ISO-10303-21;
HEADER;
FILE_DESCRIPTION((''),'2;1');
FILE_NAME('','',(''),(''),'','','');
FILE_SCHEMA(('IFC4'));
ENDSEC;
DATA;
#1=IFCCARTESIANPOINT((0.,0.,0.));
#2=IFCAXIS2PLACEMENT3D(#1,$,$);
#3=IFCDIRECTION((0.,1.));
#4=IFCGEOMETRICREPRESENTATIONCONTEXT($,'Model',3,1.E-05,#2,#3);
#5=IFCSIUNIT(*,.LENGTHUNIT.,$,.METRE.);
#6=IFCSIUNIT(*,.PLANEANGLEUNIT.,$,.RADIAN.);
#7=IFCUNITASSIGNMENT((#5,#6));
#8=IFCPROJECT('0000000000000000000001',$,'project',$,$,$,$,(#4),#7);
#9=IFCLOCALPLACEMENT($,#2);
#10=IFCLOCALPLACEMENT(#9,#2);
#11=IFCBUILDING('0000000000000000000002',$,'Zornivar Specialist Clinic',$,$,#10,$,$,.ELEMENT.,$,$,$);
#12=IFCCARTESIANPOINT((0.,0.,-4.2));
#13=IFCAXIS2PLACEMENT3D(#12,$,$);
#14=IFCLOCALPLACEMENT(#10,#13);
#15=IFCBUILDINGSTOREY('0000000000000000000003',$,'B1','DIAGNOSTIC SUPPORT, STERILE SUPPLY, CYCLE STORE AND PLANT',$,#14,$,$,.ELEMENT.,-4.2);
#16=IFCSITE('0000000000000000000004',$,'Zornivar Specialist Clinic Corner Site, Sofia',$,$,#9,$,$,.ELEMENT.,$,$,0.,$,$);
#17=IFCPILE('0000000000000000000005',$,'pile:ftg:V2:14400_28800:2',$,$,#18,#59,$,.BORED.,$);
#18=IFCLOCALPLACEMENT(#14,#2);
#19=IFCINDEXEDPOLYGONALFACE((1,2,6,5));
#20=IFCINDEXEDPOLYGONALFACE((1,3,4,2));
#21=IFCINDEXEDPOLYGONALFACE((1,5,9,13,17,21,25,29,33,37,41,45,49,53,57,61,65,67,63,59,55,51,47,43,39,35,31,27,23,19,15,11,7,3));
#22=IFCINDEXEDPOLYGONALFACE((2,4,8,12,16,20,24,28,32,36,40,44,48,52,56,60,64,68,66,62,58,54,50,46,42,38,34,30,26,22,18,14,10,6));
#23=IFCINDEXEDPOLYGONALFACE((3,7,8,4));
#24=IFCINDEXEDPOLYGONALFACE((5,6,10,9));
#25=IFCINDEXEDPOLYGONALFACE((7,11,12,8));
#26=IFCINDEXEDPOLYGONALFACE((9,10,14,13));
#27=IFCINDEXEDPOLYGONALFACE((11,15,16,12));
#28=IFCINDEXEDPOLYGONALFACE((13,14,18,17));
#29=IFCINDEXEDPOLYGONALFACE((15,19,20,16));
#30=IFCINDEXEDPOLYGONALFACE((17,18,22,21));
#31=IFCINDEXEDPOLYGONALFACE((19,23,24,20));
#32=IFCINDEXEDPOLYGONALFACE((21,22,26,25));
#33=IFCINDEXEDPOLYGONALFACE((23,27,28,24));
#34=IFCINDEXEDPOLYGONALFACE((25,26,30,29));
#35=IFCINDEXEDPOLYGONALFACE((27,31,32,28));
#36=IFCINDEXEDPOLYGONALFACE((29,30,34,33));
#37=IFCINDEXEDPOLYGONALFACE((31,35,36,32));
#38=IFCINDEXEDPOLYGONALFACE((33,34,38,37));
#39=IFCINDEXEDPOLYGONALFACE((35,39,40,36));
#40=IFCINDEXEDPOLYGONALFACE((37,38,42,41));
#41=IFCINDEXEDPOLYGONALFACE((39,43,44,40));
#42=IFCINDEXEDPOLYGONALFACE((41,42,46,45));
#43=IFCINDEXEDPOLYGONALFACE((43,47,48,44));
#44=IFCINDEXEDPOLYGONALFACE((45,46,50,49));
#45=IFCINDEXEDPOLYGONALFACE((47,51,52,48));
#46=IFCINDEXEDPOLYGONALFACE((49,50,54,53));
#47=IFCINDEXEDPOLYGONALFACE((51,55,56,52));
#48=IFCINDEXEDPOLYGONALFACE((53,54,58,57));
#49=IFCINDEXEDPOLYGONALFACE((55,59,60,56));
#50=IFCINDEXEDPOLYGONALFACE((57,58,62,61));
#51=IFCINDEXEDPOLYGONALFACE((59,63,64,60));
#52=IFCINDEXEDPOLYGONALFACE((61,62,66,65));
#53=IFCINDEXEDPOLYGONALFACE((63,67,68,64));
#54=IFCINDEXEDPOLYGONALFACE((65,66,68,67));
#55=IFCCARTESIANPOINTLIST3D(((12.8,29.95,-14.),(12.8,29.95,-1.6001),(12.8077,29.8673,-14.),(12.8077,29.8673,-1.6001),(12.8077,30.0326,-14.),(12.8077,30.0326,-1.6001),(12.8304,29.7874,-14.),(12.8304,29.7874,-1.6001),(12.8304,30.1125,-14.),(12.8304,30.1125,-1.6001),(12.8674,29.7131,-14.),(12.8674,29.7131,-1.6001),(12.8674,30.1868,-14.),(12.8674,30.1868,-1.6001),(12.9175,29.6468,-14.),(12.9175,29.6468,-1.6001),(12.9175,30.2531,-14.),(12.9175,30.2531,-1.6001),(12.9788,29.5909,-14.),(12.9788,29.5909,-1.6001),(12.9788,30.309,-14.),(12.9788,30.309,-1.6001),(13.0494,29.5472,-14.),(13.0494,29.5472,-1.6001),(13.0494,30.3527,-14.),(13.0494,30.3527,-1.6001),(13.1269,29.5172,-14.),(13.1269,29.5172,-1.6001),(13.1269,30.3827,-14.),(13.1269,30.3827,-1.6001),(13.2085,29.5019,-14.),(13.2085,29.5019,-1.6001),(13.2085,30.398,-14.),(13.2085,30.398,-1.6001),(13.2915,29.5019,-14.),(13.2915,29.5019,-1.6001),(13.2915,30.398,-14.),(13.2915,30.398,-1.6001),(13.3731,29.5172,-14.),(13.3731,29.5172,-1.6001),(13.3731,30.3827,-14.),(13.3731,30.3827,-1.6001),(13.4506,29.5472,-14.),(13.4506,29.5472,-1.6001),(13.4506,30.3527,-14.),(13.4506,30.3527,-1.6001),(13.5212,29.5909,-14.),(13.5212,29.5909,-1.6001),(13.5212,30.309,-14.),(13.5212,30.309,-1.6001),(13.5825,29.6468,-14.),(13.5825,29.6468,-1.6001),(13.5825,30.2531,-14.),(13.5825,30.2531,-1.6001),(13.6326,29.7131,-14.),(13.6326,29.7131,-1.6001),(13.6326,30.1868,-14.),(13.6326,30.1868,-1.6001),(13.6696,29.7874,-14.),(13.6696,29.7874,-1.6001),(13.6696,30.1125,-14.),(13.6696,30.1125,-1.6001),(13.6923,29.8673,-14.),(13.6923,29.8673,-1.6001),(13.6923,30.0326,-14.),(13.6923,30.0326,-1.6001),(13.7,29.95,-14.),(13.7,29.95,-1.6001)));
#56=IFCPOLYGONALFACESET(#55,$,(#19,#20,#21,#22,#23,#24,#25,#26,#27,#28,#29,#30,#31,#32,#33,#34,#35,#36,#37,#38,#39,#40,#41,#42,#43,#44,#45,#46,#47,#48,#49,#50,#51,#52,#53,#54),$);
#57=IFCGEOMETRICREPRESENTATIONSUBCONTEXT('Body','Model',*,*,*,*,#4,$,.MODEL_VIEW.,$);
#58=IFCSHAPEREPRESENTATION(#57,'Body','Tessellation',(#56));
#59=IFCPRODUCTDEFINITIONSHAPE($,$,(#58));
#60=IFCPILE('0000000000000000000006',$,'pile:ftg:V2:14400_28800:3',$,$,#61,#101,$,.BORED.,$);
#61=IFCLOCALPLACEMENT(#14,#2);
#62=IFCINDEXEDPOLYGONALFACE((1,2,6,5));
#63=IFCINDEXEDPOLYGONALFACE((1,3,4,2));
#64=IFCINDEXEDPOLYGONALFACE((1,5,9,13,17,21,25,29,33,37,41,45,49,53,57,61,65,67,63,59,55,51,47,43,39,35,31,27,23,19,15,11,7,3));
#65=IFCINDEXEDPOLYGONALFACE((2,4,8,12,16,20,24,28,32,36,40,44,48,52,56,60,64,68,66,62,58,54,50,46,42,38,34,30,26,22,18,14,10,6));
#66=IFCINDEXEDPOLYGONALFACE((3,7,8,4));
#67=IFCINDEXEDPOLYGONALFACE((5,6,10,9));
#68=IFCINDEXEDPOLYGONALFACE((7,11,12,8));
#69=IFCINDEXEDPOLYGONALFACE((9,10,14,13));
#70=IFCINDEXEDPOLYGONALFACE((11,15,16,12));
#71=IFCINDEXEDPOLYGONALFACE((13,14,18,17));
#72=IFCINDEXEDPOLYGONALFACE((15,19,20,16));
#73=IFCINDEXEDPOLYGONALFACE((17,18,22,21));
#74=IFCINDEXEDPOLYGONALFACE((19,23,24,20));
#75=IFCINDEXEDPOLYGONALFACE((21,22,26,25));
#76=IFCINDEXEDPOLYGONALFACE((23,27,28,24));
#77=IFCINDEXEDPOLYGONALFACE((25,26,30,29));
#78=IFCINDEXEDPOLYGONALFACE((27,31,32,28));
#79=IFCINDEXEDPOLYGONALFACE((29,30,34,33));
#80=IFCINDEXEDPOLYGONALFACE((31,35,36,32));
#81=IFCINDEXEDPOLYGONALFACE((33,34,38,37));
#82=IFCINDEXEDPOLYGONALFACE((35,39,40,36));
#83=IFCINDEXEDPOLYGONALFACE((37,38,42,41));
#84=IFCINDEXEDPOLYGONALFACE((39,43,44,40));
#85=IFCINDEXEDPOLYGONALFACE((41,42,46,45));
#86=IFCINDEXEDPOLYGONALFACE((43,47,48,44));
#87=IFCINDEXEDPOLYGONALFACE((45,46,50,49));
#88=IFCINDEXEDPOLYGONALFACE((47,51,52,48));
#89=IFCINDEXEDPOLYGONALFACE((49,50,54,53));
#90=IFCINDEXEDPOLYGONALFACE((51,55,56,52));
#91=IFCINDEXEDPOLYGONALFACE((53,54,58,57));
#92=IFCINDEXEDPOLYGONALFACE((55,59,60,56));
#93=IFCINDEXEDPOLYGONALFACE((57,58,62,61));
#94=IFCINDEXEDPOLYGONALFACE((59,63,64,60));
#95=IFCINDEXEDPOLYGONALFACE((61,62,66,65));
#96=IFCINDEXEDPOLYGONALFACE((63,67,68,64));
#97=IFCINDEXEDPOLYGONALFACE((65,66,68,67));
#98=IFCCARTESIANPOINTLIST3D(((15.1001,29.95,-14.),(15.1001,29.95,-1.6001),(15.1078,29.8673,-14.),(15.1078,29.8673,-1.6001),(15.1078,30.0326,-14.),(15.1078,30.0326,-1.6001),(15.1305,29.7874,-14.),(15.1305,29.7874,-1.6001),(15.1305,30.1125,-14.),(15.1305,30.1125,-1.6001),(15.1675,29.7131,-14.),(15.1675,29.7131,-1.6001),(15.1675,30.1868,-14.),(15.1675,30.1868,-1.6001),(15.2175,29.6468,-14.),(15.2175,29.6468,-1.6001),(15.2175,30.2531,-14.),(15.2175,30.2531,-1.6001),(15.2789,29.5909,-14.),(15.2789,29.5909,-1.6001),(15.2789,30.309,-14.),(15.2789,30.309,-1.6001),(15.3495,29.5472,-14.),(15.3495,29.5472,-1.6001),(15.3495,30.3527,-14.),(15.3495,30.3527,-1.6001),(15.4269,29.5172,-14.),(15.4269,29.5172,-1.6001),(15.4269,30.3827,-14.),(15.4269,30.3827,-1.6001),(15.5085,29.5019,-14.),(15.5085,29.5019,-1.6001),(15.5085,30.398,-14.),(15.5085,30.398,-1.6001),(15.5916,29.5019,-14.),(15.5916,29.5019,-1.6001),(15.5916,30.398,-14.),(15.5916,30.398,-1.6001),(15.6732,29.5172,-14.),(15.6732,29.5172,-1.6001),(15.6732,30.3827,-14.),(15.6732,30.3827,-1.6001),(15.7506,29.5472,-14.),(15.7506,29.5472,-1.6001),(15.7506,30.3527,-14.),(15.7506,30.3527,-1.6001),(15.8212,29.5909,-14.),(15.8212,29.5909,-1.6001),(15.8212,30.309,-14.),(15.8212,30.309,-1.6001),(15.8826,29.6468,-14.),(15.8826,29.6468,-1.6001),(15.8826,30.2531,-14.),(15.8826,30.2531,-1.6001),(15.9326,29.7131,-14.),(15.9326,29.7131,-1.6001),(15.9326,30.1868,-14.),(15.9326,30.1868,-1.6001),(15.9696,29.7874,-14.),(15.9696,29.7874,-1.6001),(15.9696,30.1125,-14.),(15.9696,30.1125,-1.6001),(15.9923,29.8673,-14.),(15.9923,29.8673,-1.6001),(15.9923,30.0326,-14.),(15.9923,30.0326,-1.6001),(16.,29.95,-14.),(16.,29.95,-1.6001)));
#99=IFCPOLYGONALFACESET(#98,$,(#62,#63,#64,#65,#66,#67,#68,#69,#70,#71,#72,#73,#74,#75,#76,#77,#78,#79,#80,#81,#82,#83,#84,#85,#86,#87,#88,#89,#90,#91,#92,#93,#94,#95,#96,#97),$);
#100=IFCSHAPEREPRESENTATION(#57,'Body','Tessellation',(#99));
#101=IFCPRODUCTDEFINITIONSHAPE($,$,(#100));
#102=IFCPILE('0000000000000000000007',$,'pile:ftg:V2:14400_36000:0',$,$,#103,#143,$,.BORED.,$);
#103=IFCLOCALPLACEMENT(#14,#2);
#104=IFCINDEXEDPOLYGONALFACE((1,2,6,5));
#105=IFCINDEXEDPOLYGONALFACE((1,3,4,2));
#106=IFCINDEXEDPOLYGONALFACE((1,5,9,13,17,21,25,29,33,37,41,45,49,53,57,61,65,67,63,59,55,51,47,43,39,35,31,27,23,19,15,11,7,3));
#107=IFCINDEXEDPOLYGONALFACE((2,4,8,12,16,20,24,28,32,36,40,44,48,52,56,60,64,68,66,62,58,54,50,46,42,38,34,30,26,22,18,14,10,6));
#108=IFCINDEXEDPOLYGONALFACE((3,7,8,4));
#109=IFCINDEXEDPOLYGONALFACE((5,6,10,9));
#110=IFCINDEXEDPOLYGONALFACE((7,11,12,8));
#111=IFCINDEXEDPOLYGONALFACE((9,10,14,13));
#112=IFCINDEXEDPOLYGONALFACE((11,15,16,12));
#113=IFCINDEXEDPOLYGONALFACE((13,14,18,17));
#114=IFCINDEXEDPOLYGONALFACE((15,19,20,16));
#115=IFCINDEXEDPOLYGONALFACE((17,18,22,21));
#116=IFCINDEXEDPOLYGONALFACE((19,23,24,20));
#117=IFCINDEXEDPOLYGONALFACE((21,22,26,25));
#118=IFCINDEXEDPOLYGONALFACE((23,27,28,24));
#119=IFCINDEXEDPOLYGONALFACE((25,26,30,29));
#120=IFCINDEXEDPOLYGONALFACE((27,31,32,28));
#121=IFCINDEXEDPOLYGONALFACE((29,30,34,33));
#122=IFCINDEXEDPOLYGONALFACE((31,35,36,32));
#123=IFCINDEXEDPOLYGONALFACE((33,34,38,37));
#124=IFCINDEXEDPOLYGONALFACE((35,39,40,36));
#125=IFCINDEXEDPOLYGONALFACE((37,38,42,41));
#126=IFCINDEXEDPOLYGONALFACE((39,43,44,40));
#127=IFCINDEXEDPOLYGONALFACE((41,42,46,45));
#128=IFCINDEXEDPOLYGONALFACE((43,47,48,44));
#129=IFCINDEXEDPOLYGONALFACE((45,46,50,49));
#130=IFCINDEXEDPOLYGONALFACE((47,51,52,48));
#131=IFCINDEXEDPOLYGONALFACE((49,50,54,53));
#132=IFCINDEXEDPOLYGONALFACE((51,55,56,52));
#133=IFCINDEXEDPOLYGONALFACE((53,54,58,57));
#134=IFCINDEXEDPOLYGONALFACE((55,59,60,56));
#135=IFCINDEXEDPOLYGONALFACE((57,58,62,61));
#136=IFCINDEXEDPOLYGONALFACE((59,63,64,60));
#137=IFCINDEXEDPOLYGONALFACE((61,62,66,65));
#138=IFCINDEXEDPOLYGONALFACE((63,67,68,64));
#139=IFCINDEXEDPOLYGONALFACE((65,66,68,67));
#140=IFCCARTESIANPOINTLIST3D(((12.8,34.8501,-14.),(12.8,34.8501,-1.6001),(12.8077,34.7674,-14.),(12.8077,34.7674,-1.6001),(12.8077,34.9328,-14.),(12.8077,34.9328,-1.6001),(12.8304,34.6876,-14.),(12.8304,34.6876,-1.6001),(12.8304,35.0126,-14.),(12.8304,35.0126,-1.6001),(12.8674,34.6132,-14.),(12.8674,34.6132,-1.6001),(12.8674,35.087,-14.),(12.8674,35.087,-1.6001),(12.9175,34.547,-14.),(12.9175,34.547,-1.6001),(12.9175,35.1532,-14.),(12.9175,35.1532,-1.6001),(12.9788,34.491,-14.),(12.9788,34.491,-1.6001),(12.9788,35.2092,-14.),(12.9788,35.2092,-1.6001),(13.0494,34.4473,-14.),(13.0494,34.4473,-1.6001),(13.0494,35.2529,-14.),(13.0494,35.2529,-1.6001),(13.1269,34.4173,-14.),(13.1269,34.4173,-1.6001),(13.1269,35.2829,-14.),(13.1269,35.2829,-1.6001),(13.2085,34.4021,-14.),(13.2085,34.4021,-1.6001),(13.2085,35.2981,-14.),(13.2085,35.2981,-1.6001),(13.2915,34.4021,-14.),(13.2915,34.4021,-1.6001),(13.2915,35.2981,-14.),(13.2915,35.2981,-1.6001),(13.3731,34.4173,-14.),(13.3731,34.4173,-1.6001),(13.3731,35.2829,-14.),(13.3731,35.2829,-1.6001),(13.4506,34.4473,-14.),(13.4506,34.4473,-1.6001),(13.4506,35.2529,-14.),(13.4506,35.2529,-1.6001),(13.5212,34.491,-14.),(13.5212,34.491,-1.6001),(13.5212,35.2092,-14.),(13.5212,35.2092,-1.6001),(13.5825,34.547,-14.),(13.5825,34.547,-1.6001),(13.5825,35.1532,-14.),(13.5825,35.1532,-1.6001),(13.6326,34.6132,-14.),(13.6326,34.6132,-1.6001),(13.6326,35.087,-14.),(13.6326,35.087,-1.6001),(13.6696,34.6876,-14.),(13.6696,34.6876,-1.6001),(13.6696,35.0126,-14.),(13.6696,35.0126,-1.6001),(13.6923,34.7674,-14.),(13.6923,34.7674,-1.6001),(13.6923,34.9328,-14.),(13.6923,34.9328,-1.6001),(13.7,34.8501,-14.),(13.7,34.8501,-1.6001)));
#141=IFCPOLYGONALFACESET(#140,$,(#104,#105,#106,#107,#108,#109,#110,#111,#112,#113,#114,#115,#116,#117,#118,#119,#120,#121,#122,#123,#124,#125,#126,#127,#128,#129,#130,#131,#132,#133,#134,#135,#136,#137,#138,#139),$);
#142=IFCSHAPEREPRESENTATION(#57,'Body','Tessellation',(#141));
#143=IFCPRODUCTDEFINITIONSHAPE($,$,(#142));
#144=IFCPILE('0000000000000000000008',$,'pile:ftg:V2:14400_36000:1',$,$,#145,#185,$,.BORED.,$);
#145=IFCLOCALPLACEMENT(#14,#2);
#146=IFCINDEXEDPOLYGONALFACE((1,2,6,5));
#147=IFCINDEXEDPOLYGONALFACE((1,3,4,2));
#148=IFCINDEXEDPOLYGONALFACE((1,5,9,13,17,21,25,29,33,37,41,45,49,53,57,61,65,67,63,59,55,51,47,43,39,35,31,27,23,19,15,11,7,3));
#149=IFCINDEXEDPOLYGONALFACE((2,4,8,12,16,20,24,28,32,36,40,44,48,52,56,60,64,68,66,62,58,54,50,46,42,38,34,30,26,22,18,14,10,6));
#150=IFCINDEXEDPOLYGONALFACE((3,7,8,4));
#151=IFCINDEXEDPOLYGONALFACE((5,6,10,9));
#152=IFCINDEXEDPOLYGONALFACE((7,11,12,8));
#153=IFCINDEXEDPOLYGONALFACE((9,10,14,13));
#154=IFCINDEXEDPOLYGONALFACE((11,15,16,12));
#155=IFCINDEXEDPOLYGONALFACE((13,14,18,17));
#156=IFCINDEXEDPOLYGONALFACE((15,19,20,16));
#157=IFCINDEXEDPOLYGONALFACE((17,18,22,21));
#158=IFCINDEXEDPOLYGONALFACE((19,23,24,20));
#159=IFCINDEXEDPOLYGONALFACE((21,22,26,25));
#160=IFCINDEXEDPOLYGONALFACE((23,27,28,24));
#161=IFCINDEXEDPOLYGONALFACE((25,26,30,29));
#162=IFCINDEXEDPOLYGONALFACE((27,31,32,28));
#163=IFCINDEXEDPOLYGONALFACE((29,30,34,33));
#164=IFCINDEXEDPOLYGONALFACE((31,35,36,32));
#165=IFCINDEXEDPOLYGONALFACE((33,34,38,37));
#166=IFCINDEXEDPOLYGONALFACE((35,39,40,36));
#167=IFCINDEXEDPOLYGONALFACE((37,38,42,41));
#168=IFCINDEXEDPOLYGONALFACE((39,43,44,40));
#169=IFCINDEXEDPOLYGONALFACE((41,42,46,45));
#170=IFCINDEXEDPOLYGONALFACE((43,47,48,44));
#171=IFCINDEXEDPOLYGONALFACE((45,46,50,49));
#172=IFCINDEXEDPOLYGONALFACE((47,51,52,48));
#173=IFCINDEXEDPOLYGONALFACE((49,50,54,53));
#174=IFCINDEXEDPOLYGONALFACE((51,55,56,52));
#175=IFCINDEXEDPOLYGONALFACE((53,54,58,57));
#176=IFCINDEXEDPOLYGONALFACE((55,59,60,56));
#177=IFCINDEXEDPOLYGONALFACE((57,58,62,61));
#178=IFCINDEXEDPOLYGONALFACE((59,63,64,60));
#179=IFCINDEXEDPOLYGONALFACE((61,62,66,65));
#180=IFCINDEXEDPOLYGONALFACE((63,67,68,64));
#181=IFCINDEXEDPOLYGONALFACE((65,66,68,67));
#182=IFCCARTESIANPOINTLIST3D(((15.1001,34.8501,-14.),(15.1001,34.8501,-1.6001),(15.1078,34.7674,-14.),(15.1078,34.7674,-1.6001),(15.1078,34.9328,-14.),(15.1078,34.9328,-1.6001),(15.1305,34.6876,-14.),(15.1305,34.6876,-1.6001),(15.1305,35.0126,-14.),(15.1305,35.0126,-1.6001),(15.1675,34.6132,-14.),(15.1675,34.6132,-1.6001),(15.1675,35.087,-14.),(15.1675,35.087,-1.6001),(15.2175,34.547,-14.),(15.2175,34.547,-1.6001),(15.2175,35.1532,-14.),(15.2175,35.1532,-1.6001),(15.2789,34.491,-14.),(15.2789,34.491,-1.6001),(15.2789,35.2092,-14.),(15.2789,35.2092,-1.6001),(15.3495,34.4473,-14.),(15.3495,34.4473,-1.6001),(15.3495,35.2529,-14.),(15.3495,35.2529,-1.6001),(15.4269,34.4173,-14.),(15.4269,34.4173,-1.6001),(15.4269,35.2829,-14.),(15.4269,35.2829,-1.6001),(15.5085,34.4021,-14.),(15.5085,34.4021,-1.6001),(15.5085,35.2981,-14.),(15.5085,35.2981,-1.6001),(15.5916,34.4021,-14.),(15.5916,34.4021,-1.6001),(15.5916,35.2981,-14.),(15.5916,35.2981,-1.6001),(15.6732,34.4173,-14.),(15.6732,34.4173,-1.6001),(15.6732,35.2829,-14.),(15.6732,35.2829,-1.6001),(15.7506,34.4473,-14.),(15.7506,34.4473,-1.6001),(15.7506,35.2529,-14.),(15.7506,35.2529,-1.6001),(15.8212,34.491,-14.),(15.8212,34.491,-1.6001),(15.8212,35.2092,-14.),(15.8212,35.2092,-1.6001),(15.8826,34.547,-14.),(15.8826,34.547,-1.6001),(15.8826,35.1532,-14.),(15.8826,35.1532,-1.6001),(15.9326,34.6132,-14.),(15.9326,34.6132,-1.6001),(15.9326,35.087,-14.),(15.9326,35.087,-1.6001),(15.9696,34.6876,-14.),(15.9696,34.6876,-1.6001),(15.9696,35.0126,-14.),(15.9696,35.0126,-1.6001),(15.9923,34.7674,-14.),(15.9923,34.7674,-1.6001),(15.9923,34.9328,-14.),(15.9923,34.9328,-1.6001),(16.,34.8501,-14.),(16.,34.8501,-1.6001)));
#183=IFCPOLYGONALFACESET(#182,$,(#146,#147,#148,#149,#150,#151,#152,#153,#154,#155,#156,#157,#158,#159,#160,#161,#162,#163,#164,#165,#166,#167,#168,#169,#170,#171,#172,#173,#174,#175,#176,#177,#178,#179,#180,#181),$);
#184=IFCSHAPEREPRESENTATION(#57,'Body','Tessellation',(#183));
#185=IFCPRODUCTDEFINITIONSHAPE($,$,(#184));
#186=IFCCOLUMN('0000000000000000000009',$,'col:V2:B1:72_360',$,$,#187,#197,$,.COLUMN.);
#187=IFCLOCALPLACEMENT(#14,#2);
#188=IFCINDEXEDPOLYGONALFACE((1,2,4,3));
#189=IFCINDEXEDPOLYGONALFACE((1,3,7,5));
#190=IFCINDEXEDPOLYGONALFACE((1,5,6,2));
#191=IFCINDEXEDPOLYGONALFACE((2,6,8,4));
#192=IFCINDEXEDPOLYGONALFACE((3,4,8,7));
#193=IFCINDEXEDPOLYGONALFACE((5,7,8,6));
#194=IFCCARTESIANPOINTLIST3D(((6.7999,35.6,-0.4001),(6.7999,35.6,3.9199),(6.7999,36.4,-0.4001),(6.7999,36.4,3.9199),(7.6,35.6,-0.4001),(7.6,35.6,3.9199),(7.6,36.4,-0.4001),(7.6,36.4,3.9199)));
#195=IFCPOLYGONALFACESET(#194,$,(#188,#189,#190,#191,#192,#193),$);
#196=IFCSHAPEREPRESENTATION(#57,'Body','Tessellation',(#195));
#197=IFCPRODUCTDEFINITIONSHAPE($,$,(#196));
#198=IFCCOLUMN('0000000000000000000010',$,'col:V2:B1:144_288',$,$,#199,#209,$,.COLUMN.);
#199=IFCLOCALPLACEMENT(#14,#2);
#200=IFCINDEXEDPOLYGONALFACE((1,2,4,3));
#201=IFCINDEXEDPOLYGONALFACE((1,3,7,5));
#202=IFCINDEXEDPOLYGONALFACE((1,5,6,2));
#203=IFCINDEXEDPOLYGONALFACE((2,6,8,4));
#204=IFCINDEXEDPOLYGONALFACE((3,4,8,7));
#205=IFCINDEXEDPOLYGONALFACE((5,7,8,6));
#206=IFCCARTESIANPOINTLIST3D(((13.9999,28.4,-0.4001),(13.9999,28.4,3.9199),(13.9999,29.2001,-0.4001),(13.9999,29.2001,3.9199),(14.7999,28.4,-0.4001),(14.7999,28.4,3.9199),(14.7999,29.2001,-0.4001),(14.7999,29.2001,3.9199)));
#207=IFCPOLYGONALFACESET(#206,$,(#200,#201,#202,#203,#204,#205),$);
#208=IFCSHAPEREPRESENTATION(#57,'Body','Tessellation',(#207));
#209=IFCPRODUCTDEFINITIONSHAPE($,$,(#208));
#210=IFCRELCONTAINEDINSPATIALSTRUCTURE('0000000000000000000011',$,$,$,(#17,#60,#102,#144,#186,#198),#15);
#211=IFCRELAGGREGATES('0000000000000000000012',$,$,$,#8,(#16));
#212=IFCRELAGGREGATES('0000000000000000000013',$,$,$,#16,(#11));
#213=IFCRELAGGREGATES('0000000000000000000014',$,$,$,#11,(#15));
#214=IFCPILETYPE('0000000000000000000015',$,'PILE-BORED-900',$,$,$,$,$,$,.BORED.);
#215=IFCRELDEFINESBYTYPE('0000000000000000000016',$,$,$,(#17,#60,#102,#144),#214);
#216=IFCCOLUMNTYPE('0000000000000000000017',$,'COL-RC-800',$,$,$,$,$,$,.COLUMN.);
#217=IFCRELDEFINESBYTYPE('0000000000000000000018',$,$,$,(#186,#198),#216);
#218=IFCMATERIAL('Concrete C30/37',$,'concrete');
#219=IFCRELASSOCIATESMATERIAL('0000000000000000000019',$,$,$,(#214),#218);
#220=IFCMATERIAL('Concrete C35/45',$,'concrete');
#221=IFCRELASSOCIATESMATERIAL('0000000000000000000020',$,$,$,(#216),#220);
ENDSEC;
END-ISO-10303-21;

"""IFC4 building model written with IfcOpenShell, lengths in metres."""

from ifc_helpers import new_model, si_unit, direction, frame, origin, origin_2d, place, context, subcontext, project, spatial, rectangle, circle, extrude, material, material_profile, profile_set, type_object, element, save


model = new_model("IFC4")

# Units and contexts
model_context = context("Model", 3, precision=1e-05, world=origin(), true_north=direction((0.0, 1.0)))
body_context = subcontext(model_context, "Body", "Model", "MODEL_VIEW")
ifc_project = project(units=[si_unit("LENGTHUNIT", "METRE"), si_unit("PLANEANGLEUNIT", "RADIAN")], contexts=[model_context])

# Site, building, storey
site_placement = place(None, origin())
site = spatial("IfcSite", under=ifc_project, at=site_placement, Name="Zornivar Specialist Clinic Corner Site, Sofia", CompositionType="ELEMENT", RefElevation=0.0)
building_placement = place(site_placement, origin())
building = spatial("IfcBuilding", under=site, at=building_placement, Name="Zornivar Specialist Clinic", CompositionType="ELEMENT")
storey_placement = place(building_placement, frame((0.0, 0.0, -4.2)))
storey = spatial("IfcBuildingStorey", under=building, at=storey_placement, Name="B1", Description="DIAGNOSTIC SUPPORT, STERILE SUPPLY, CYCLE STORE AND PLANT", CompositionType="ELEMENT", Elevation=-4.2)

# Piles
ifc_material_1 = material(Name="Concrete C30/37", Category="concrete")
ifc_material_profile_1 = material_profile(ifc_material_1, circle(Radius=0.45, at=origin_2d()), Name="PILE D900")
ifc_profile_set_1 = profile_set([ifc_material_profile_1], Name="Concrete C30/37")
pile_type_1 = type_object("IfcPileType", Name="PILE-BORED-900", PredefinedType="BORED", material=ifc_profile_set_1)
for number, where, z_axis, x_axis, name in (
    (1, (13.25, 29.95, -1.6001), (0.0, 0.0, -1.0), (1.0, 0.0, 0.0), "pile:ftg:V2:14400_28800:2"),
    (2, (15.55, 29.95, -1.6001), (0.0, 0.0, -1.0), (1.0, 0.0, 0.0), "pile:ftg:V2:14400_28800:3"),
    (3, (13.25, 34.8501, -1.6001), (0.0, 0.0, -1.0), (1.0, 0.0, 0.0), "pile:ftg:V2:14400_36000:0"),
    (4, (15.55, 34.8501, -1.6001), (0.0, 0.0, -1.0), (1.0, 0.0, 0.0), "pile:ftg:V2:14400_36000:1"),
):
    element("IfcPile", number, at=place(storey_placement, frame(where, z_axis=z_axis, x_axis=x_axis)), inside=storey, type_object=pile_type_1, Name=name, PredefinedType="BORED", context=body_context, shape_type="SweptSolid", body=[
        extrude(circle(Radius=0.45, at=origin_2d()), origin(), (0.0, 0.0, 1.0), 12.3999),
    ])

# Columns
ifc_material_2 = material(Name="Concrete C35/45", Category="concrete")
ifc_material_profile_2 = material_profile(ifc_material_2, rectangle(XDim=0.8, YDim=0.8, at=origin_2d()), Name="RC 800x800")
ifc_profile_set_2 = profile_set([ifc_material_profile_2], Name="Concrete C35/45")
column_type = type_object("IfcColumnType", Name="COL-RC-800", PredefinedType="COLUMN", material=ifc_profile_set_2)
for number, where, z_axis, x_axis, name in (
    (5, (7.2, 36.0, -0.4001), (0.0, 0.0, 1.0), (1.0, 0.0, 0.0), "col:V2:B1:72_360"),
    (6, (14.3999, 28.8, -0.4001), (0.0, 0.0, 1.0), (1.0, 0.0, 0.0), "col:V2:B1:144_288"),
):
    element("IfcColumn", number, at=place(storey_placement, frame(where, z_axis=z_axis, x_axis=x_axis)), inside=storey, type_object=column_type, Name=name, PredefinedType="COLUMN", context=body_context, shape_type="SweptSolid", body=[
        extrude(rectangle(XDim=0.8, YDim=0.8, at=origin_2d()), origin(), (0.0, 0.0, 1.0), 4.3201),
    ])

save(model, "model.ifc")
